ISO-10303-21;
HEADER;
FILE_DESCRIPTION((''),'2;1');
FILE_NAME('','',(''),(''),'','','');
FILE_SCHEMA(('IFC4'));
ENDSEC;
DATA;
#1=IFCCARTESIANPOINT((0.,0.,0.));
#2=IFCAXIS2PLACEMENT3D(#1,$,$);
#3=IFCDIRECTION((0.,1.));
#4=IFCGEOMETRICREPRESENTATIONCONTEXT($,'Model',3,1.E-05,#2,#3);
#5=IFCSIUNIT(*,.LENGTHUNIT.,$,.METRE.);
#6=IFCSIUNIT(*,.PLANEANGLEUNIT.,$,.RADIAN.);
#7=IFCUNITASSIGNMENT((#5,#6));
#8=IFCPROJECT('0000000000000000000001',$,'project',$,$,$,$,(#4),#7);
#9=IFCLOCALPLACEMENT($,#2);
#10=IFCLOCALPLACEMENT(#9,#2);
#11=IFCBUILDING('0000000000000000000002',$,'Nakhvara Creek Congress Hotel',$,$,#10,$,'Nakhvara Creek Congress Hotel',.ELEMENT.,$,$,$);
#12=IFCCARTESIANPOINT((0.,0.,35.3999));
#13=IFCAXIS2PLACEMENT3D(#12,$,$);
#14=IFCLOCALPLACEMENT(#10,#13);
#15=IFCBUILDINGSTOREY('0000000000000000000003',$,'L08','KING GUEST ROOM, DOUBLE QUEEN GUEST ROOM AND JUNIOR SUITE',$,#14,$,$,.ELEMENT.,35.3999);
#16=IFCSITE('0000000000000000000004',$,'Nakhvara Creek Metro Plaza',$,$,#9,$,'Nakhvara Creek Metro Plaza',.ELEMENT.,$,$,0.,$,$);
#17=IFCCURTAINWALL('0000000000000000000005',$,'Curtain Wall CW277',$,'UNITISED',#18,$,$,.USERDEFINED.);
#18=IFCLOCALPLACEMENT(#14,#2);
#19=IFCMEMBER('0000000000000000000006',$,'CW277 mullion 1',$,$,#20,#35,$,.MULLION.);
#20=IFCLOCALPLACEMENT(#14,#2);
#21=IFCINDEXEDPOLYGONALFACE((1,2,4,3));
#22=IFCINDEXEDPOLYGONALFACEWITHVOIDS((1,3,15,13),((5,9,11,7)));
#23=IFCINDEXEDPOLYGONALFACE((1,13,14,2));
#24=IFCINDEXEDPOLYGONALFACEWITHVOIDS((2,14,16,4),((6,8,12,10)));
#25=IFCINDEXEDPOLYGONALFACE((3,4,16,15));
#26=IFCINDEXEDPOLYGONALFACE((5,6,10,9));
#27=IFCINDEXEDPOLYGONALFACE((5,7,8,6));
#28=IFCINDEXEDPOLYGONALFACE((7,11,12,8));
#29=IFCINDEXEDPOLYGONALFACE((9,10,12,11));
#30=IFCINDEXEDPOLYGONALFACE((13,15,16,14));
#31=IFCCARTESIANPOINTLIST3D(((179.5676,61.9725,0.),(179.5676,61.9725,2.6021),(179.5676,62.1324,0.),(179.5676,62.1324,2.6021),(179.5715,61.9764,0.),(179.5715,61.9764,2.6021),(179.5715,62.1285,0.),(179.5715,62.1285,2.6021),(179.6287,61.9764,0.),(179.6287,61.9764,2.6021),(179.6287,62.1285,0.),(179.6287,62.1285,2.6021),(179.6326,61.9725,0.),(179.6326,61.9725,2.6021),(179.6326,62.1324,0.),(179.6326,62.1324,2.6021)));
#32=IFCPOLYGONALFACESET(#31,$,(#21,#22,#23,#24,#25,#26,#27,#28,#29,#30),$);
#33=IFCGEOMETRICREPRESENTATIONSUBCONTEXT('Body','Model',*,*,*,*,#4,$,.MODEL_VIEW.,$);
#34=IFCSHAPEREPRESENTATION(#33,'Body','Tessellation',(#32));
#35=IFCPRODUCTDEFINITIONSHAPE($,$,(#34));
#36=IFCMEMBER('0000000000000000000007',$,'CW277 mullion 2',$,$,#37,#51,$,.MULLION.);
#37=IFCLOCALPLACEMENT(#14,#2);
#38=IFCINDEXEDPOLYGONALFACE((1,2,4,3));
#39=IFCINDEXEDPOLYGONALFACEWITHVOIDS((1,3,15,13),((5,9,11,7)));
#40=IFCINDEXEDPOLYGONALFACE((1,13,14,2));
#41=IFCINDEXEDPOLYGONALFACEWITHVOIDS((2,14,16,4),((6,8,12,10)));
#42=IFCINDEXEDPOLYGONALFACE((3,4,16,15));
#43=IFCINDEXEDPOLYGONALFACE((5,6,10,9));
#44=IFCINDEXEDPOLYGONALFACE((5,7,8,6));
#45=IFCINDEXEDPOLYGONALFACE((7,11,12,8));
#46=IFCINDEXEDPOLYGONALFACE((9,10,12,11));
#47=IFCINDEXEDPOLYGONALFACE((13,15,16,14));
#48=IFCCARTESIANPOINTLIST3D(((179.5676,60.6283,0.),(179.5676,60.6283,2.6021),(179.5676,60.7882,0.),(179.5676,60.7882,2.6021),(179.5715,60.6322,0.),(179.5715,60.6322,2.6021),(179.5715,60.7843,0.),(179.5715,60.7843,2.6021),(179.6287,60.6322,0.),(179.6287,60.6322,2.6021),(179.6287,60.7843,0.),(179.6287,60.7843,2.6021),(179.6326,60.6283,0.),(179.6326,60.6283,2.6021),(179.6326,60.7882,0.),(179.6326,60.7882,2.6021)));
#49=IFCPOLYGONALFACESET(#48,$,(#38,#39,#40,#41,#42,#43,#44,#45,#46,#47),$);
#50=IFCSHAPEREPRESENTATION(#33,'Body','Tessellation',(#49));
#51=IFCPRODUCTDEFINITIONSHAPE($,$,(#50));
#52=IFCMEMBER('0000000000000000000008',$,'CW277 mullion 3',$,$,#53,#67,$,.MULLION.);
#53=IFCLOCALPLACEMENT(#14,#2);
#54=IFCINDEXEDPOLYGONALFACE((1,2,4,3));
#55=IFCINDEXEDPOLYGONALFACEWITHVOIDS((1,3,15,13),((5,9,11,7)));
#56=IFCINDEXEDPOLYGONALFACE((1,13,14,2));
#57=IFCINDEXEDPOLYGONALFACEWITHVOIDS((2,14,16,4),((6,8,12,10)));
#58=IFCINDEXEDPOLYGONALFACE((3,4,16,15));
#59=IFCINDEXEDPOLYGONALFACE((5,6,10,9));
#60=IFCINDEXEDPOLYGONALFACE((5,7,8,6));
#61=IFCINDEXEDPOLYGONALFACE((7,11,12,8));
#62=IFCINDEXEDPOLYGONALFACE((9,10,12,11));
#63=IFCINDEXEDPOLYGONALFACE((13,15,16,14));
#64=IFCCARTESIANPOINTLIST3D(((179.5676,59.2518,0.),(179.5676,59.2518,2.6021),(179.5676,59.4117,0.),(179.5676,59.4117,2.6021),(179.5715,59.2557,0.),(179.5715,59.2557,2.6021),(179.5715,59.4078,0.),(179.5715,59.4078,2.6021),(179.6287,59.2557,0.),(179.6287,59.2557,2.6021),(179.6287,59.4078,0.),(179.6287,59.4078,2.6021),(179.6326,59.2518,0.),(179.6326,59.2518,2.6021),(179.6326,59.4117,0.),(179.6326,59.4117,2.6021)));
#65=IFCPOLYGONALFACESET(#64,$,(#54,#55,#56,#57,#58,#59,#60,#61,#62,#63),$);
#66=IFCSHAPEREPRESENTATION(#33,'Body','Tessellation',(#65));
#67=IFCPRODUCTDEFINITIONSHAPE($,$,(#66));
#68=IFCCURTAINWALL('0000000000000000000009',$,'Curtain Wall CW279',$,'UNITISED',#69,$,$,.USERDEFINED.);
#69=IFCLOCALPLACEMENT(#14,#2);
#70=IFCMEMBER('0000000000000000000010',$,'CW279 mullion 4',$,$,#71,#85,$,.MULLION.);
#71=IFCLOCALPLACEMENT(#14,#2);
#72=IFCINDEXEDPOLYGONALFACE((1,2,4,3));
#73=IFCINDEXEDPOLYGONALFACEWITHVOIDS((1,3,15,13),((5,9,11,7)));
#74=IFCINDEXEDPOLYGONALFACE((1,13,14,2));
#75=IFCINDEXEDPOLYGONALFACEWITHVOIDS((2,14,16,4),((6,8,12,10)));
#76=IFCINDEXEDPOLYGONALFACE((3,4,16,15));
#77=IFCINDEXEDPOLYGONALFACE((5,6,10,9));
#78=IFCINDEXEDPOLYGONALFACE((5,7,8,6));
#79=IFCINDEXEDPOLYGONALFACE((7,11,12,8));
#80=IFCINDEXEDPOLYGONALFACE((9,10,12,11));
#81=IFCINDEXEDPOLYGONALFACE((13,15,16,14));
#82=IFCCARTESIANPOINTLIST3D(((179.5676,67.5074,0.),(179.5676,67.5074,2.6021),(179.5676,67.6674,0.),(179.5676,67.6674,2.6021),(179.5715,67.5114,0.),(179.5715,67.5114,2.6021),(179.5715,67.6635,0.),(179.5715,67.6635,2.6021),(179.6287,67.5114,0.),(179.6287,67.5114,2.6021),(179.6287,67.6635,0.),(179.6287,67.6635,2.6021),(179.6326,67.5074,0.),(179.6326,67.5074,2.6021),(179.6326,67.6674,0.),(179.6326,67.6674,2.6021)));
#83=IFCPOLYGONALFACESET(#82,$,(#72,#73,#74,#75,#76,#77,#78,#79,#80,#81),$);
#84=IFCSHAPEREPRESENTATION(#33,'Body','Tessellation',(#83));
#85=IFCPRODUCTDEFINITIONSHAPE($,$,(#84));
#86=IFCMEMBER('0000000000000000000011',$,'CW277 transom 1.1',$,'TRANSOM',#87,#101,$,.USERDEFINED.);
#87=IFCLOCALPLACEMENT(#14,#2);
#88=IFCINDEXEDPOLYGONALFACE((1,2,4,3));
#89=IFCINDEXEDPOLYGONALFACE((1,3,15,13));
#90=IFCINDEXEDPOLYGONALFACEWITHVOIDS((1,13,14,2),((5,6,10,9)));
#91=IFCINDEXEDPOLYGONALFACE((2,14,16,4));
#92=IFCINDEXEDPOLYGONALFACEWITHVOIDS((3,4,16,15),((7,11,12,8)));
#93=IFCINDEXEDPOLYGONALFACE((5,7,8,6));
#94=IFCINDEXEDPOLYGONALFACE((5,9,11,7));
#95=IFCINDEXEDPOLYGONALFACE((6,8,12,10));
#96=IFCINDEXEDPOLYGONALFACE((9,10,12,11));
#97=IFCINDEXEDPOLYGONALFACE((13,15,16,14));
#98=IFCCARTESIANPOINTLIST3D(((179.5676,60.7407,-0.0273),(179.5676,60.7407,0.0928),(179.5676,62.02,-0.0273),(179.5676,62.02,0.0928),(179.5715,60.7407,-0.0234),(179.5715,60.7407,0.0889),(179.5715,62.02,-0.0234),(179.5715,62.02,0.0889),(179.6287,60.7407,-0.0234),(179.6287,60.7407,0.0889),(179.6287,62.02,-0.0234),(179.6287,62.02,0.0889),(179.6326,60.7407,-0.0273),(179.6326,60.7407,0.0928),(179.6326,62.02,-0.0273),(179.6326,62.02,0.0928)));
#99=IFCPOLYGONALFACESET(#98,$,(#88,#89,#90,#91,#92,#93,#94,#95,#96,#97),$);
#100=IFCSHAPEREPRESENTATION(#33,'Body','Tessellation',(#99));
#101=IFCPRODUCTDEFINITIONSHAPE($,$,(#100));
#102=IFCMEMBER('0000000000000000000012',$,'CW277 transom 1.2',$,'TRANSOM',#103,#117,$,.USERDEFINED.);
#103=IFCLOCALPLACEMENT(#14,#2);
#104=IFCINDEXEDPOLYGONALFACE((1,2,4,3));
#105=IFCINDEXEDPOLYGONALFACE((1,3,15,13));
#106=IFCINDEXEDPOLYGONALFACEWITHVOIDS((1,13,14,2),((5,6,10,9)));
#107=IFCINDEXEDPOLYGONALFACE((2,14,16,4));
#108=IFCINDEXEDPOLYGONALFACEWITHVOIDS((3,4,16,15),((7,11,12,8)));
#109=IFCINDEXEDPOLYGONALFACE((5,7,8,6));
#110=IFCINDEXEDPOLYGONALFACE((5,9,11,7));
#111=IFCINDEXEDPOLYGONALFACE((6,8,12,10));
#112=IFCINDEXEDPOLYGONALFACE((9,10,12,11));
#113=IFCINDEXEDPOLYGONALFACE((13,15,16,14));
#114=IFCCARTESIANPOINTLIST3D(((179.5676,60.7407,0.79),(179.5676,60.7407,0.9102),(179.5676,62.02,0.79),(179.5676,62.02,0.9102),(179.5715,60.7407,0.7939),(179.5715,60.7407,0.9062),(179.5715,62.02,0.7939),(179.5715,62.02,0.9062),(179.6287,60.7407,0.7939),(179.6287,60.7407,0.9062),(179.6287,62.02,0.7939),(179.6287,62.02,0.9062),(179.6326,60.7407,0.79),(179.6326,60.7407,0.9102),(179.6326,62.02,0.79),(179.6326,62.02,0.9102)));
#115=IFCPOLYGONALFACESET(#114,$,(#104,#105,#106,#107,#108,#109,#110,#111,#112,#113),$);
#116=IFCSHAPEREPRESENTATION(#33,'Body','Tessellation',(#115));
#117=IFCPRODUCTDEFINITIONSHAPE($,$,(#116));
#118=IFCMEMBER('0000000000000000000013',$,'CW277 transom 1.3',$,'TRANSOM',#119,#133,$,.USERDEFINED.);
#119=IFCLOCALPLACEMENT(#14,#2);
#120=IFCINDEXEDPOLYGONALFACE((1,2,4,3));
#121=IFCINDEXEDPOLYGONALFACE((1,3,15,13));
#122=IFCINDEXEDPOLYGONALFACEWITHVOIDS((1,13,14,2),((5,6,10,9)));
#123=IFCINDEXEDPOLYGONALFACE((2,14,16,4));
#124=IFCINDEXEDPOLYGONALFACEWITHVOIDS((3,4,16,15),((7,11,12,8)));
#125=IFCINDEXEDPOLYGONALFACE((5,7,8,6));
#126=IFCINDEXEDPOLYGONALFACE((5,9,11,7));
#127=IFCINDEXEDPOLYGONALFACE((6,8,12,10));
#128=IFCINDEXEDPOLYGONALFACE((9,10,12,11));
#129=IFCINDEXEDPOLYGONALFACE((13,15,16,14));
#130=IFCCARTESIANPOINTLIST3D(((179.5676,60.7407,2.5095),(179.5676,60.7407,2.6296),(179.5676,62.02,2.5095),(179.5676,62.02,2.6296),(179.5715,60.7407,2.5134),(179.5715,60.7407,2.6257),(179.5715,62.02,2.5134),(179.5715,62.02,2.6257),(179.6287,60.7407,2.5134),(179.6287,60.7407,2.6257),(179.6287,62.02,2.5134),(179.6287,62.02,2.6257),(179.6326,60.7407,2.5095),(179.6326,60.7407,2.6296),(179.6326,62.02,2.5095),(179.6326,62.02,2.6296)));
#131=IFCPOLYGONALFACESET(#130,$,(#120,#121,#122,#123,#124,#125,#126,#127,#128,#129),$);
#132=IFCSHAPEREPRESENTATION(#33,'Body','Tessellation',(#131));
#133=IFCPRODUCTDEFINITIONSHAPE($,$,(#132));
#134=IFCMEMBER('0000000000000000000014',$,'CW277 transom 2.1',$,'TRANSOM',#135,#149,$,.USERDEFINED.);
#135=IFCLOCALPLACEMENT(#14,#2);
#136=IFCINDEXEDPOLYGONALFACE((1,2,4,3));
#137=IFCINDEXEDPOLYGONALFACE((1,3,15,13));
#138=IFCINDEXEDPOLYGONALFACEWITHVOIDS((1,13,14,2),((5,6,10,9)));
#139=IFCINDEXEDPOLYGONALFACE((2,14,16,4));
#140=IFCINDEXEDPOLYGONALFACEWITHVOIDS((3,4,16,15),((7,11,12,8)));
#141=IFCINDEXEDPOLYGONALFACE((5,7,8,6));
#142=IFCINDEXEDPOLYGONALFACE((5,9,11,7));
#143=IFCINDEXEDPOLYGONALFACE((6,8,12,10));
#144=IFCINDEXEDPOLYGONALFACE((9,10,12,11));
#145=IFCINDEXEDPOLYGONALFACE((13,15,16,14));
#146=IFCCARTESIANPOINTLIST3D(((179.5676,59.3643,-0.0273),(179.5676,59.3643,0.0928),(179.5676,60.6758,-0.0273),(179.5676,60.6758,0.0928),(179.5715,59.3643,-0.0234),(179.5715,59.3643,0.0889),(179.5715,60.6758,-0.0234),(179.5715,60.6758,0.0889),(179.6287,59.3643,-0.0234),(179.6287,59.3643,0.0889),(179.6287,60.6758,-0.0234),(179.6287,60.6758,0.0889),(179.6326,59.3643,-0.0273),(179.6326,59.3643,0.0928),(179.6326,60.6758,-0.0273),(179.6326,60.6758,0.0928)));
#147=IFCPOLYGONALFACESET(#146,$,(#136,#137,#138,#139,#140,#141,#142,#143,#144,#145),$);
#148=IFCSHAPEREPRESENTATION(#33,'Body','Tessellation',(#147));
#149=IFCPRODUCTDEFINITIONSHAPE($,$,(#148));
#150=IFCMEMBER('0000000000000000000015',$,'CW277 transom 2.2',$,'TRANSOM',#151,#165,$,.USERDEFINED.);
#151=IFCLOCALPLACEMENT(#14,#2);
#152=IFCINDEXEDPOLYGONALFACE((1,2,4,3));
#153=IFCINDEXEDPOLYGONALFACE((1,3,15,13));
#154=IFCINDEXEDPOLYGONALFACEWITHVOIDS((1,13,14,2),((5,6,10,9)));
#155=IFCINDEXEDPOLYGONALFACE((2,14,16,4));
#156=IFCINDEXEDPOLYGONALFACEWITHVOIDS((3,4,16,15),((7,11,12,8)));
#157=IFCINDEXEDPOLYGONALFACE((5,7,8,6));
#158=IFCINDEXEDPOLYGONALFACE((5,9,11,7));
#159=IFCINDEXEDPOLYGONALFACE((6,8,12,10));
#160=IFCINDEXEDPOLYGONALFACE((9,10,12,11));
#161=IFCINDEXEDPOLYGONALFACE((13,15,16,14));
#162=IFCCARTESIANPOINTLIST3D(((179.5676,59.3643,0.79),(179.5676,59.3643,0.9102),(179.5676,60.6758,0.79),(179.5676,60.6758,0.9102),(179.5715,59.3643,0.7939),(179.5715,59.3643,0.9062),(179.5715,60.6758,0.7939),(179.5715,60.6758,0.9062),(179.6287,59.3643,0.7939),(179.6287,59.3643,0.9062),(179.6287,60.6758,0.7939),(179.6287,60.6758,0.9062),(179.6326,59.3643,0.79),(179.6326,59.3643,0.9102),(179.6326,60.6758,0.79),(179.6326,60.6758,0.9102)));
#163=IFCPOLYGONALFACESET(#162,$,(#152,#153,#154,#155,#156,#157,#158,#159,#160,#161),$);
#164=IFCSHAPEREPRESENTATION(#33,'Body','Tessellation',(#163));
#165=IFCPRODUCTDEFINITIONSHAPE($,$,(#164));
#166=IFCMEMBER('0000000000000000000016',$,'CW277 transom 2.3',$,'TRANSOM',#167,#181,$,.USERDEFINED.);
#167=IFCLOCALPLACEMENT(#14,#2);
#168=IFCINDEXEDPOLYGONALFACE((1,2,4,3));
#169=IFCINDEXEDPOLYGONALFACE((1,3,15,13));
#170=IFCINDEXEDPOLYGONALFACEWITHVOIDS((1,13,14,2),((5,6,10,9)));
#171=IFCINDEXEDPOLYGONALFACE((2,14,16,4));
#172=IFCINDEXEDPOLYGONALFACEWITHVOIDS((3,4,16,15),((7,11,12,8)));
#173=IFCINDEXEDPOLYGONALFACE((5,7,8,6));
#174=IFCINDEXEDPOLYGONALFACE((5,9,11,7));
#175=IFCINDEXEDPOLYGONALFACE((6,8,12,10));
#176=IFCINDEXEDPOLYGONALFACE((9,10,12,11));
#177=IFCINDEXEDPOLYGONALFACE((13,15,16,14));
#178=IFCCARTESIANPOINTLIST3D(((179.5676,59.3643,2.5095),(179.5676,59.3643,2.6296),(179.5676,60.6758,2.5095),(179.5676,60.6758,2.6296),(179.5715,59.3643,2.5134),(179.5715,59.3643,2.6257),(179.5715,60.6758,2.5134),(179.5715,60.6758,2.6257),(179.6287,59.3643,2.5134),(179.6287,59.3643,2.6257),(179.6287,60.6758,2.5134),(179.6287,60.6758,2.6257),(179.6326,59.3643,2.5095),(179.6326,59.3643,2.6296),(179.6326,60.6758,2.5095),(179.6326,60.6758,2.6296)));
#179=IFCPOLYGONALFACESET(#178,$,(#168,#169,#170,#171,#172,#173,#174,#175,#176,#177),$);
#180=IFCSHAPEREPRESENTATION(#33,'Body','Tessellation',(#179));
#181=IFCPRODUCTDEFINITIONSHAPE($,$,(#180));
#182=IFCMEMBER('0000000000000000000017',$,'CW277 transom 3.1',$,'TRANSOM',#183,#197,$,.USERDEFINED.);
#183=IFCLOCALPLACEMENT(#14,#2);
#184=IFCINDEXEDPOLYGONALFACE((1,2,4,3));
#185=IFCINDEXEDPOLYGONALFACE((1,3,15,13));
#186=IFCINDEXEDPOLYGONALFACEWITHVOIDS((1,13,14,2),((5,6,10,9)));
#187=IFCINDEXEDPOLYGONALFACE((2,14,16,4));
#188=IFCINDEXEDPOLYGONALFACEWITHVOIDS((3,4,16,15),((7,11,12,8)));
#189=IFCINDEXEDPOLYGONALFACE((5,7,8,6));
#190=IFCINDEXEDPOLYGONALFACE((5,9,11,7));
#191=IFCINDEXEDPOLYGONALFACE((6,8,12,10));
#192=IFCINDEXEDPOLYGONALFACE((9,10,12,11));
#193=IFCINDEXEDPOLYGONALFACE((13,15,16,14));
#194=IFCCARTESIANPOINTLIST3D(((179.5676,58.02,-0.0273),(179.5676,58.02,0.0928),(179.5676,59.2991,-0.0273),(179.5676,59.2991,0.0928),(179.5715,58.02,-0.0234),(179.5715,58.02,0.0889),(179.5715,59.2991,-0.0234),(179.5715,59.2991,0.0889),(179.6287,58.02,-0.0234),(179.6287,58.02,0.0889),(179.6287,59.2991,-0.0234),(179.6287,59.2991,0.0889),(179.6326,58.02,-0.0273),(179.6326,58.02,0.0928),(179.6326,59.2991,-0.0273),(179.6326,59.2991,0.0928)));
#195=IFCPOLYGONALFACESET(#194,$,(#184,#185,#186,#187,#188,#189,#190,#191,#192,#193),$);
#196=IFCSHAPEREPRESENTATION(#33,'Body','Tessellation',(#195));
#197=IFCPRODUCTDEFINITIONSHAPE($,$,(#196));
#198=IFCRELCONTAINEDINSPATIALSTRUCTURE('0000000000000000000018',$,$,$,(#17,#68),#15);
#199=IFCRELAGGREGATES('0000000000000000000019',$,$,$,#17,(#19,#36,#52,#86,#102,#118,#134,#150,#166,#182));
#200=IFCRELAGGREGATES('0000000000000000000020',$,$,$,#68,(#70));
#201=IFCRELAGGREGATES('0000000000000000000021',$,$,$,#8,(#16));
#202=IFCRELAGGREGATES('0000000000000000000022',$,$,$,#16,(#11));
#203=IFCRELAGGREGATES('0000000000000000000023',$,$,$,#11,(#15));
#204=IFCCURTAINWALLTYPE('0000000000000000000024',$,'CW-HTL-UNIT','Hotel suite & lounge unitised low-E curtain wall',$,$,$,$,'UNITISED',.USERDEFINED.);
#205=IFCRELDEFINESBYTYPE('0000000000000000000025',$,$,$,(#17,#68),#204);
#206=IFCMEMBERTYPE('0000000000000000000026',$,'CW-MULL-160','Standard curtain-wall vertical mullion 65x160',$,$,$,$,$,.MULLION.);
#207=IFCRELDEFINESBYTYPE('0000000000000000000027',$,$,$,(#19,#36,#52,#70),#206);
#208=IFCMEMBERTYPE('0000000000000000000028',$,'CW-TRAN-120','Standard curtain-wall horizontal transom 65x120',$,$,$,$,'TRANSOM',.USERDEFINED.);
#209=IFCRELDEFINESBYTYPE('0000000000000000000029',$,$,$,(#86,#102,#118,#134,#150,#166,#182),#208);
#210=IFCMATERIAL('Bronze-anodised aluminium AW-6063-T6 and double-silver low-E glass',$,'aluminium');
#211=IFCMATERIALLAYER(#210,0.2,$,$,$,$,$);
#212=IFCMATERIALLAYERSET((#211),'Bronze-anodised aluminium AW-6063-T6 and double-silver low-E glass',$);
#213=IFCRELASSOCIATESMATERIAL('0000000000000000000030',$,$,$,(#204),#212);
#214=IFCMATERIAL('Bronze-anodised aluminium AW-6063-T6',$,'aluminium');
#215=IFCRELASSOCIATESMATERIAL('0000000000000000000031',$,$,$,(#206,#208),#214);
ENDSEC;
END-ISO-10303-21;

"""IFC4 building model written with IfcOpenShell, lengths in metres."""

from ifc_helpers import new_model, si_unit, direction, frame, origin, origin_2d, place, context, subcontext, project, spatial, hollow_rectangle, extrude, material, layer, layer_set, material_profile, profile_set, type_object, element, aggregate, save


model = new_model("IFC4")

# Units and contexts
model_context = context("Model", 3, precision=1e-05, world=origin(), true_north=direction((0.0, 1.0)))
body_context = subcontext(model_context, "Body", "Model", "MODEL_VIEW")
ifc_project = project(units=[si_unit("LENGTHUNIT", "METRE"), si_unit("PLANEANGLEUNIT", "RADIAN")], contexts=[model_context])

# Site, building, storey
site_placement = place(None, origin())
site = spatial("IfcSite", under=ifc_project, at=site_placement, Name="Nakhvara Creek Metro Plaza", LongName="Nakhvara Creek Metro Plaza", CompositionType="ELEMENT", RefElevation=0.0)
building_placement = place(site_placement, origin())
building = spatial("IfcBuilding", under=site, at=building_placement, Name="Nakhvara Creek Congress Hotel", LongName="Nakhvara Creek Congress Hotel", CompositionType="ELEMENT")
storey_placement = place(building_placement, frame((0.0, 0.0, 35.3999)))
storey = spatial("IfcBuildingStorey", under=building, at=storey_placement, Name="L08", Description="KING GUEST ROOM, DOUBLE QUEEN GUEST ROOM AND JUNIOR SUITE", CompositionType="ELEMENT", Elevation=35.3999)

# Curtain wall, members
ifc_material_1 = material(Name="Bronze-anodised aluminium AW-6063-T6 and double-silver low-E glass", Category="aluminium")
ifc_layer_1 = layer(ifc_material_1, 0.2)
ifc_layer_set_1 = layer_set([ifc_layer_1], Name="Bronze-anodised aluminium AW-6063-T6 and double-silver low-E glass")
curtain_wall_type = type_object("IfcCurtainWallType", Name="CW-HTL-UNIT", Description="Hotel suite & lounge unitised low-E curtain wall", ElementType="UNITISED", PredefinedType="USERDEFINED", material=ifc_layer_set_1)
curtain_wall_1_placement = place(storey_placement, origin())
curtain_wall_1 = element("IfcCurtainWall", 1, at=curtain_wall_1_placement, inside=storey, type_object=curtain_wall_type, Name="Curtain Wall CW277", ObjectType="UNITISED", PredefinedType="USERDEFINED")
ifc_material_2 = material(Name="Bronze-anodised aluminium AW-6063-T6", Category="aluminium")
ifc_material_profile_1 = material_profile(ifc_material_2, hollow_rectangle(XDim=0.0649, YDim=0.1599, WallThickness=0.0039, at=origin_2d()), Name="ALU-MULL 65x160x4", Category="LoadBearing")
ifc_profile_set_1 = profile_set([ifc_material_profile_1], Name="Bronze-anodised aluminium AW-6063-T6")
member_type_1 = type_object("IfcMemberType", Name="CW-MULL-160", Description="Standard curtain-wall vertical mullion 65x160", PredefinedType="MULLION", material=ifc_profile_set_1)
member_1_placement = place(storey_placement, frame((179.6001, 62.0525, 0.0), z_axis=(0.0, 0.0, 1.0), x_axis=(1.0, 0.0, 0.0)))
member_1 = element("IfcMember", 2, at=member_1_placement, type_object=member_type_1, Name="CW277 mullion 1", PredefinedType="MULLION", context=body_context, shape_type="SweptSolid", body=[
    extrude(hollow_rectangle(XDim=0.0649, YDim=0.1599, WallThickness=0.0039, at=origin_2d()), origin(), (0.0, 0.0, 1.0), 2.6021),
])
member_2_placement = place(storey_placement, frame((179.6001, 60.7083, 0.0), z_axis=(0.0, 0.0, 1.0), x_axis=(1.0, 0.0, 0.0)))
member_2 = element("IfcMember", 3, at=member_2_placement, type_object=member_type_1, Name="CW277 mullion 2", PredefinedType="MULLION", context=body_context, shape_type="SweptSolid", body=[
    extrude(hollow_rectangle(XDim=0.0649, YDim=0.1599, WallThickness=0.0039, at=origin_2d()), origin(), (0.0, 0.0, 1.0), 2.6021),
])
member_3_placement = place(storey_placement, frame((179.6001, 59.3318, 0.0), z_axis=(0.0, 0.0, 1.0), x_axis=(1.0, 0.0, 0.0)))
member_3 = element("IfcMember", 4, at=member_3_placement, type_object=member_type_1, Name="CW277 mullion 3", PredefinedType="MULLION", context=body_context, shape_type="SweptSolid", body=[
    extrude(hollow_rectangle(XDim=0.0649, YDim=0.1599, WallThickness=0.0039, at=origin_2d()), origin(), (0.0, 0.0, 1.0), 2.6021),
])

# Curtain wall, member
curtain_wall_2_placement = place(storey_placement, origin())
curtain_wall_2 = element("IfcCurtainWall", 5, at=curtain_wall_2_placement, inside=storey, type_object=curtain_wall_type, Name="Curtain Wall CW279", ObjectType="UNITISED", PredefinedType="USERDEFINED")
member_4_placement = place(storey_placement, frame((179.6001, 67.5874, 0.0), z_axis=(0.0, 0.0, 1.0), x_axis=(1.0, 0.0, 0.0)))
member_4 = element("IfcMember", 6, at=member_4_placement, type_object=member_type_1, Name="CW279 mullion 4", PredefinedType="MULLION", context=body_context, shape_type="SweptSolid", body=[
    extrude(hollow_rectangle(XDim=0.0649, YDim=0.1599, WallThickness=0.0039, at=origin_2d()), origin(), (0.0, 0.0, 1.0), 2.6021),
])

# Members
ifc_material_profile_2 = material_profile(ifc_material_2, hollow_rectangle(XDim=0.0649, YDim=0.1201, WallThickness=0.0039, at=origin_2d()), Name="ALU-TRAN 65x120x4", Category="LoadBearing")
ifc_profile_set_2 = profile_set([ifc_material_profile_2], Name="Bronze-anodised aluminium AW-6063-T6")
member_type_2 = type_object("IfcMemberType", Name="CW-TRAN-120", Description="Standard curtain-wall horizontal transom 65x120", ElementType="TRANSOM", PredefinedType="USERDEFINED", material=ifc_profile_set_2)
member_5_placement = place(storey_placement, frame((179.6001, 62.02, 0.0327), z_axis=(0.0, -1.0, 0.0), x_axis=(1.0, 0.0, 0.0)))
member_5 = element("IfcMember", 7, at=member_5_placement, type_object=member_type_2, Name="CW277 transom 1.1", ObjectType="TRANSOM", PredefinedType="USERDEFINED", context=body_context, shape_type="SweptSolid", body=[
    extrude(hollow_rectangle(XDim=0.0649, YDim=0.1201, WallThickness=0.0039, at=origin_2d()), origin(), (0.0, 0.0, 1.0), 1.2793),
])
member_6_placement = place(storey_placement, frame((179.6001, 62.02, 0.8501), z_axis=(0.0, -1.0, 0.0), x_axis=(1.0, 0.0, 0.0)))
member_6 = element("IfcMember", 8, at=member_6_placement, type_object=member_type_2, Name="CW277 transom 1.2", ObjectType="TRANSOM", PredefinedType="USERDEFINED", context=body_context, shape_type="SweptSolid", body=[
    extrude(hollow_rectangle(XDim=0.0649, YDim=0.1201, WallThickness=0.0039, at=origin_2d()), origin(), (0.0, 0.0, 1.0), 1.2793),
])
member_7_placement = place(storey_placement, frame((179.6001, 62.02, 2.5696), z_axis=(0.0, -1.0, 0.0), x_axis=(1.0, 0.0, 0.0)))
member_7 = element("IfcMember", 9, at=member_7_placement, type_object=member_type_2, Name="CW277 transom 1.3", ObjectType="TRANSOM", PredefinedType="USERDEFINED", context=body_context, shape_type="SweptSolid", body=[
    extrude(hollow_rectangle(XDim=0.0649, YDim=0.1201, WallThickness=0.0039, at=origin_2d()), origin(), (0.0, 0.0, 1.0), 1.2793),
])
member_8_placement = place(storey_placement, frame((179.6001, 60.6758, 0.0327), z_axis=(0.0, -1.0, 0.0), x_axis=(1.0, 0.0, 0.0)))
member_8 = element("IfcMember", 10, at=member_8_placement, type_object=member_type_2, Name="CW277 transom 2.1", ObjectType="TRANSOM", PredefinedType="USERDEFINED", context=body_context, shape_type="SweptSolid", body=[
    extrude(hollow_rectangle(XDim=0.0649, YDim=0.1201, WallThickness=0.0039, at=origin_2d()), origin(), (0.0, 0.0, 1.0), 1.3115),
])
member_9_placement = place(storey_placement, frame((179.6001, 60.6758, 0.8501), z_axis=(0.0, -1.0, 0.0), x_axis=(1.0, 0.0, 0.0)))
member_9 = element("IfcMember", 11, at=member_9_placement, type_object=member_type_2, Name="CW277 transom 2.2", ObjectType="TRANSOM", PredefinedType="USERDEFINED", context=body_context, shape_type="SweptSolid", body=[
    extrude(hollow_rectangle(XDim=0.0649, YDim=0.1201, WallThickness=0.0039, at=origin_2d()), origin(), (0.0, 0.0, 1.0), 1.3115),
])
member_10_placement = place(storey_placement, frame((179.6001, 60.6758, 2.5696), z_axis=(0.0, -1.0, 0.0), x_axis=(1.0, 0.0, 0.0)))
member_10 = element("IfcMember", 12, at=member_10_placement, type_object=member_type_2, Name="CW277 transom 2.3", ObjectType="TRANSOM", PredefinedType="USERDEFINED", context=body_context, shape_type="SweptSolid", body=[
    extrude(hollow_rectangle(XDim=0.0649, YDim=0.1201, WallThickness=0.0039, at=origin_2d()), origin(), (0.0, 0.0, 1.0), 1.3115),
])
member_11_placement = place(storey_placement, frame((179.6001, 59.2991, 0.0327), z_axis=(0.0, -1.0, 0.0), x_axis=(1.0, 0.0, 0.0)))
member_11 = element("IfcMember", 13, at=member_11_placement, type_object=member_type_2, Name="CW277 transom 3.1", ObjectType="TRANSOM", PredefinedType="USERDEFINED", context=body_context, shape_type="SweptSolid", body=[
    extrude(hollow_rectangle(XDim=0.0649, YDim=0.1201, WallThickness=0.0039, at=origin_2d()), origin(), (0.0, 0.0, 1.0), 1.2791),
])

aggregate(curtain_wall_1, [member_1, member_2, member_3, member_5, member_6, member_7, member_8, member_9, member_10, member_11])
aggregate(curtain_wall_2, [member_4])

save(model, "model.ifc")
